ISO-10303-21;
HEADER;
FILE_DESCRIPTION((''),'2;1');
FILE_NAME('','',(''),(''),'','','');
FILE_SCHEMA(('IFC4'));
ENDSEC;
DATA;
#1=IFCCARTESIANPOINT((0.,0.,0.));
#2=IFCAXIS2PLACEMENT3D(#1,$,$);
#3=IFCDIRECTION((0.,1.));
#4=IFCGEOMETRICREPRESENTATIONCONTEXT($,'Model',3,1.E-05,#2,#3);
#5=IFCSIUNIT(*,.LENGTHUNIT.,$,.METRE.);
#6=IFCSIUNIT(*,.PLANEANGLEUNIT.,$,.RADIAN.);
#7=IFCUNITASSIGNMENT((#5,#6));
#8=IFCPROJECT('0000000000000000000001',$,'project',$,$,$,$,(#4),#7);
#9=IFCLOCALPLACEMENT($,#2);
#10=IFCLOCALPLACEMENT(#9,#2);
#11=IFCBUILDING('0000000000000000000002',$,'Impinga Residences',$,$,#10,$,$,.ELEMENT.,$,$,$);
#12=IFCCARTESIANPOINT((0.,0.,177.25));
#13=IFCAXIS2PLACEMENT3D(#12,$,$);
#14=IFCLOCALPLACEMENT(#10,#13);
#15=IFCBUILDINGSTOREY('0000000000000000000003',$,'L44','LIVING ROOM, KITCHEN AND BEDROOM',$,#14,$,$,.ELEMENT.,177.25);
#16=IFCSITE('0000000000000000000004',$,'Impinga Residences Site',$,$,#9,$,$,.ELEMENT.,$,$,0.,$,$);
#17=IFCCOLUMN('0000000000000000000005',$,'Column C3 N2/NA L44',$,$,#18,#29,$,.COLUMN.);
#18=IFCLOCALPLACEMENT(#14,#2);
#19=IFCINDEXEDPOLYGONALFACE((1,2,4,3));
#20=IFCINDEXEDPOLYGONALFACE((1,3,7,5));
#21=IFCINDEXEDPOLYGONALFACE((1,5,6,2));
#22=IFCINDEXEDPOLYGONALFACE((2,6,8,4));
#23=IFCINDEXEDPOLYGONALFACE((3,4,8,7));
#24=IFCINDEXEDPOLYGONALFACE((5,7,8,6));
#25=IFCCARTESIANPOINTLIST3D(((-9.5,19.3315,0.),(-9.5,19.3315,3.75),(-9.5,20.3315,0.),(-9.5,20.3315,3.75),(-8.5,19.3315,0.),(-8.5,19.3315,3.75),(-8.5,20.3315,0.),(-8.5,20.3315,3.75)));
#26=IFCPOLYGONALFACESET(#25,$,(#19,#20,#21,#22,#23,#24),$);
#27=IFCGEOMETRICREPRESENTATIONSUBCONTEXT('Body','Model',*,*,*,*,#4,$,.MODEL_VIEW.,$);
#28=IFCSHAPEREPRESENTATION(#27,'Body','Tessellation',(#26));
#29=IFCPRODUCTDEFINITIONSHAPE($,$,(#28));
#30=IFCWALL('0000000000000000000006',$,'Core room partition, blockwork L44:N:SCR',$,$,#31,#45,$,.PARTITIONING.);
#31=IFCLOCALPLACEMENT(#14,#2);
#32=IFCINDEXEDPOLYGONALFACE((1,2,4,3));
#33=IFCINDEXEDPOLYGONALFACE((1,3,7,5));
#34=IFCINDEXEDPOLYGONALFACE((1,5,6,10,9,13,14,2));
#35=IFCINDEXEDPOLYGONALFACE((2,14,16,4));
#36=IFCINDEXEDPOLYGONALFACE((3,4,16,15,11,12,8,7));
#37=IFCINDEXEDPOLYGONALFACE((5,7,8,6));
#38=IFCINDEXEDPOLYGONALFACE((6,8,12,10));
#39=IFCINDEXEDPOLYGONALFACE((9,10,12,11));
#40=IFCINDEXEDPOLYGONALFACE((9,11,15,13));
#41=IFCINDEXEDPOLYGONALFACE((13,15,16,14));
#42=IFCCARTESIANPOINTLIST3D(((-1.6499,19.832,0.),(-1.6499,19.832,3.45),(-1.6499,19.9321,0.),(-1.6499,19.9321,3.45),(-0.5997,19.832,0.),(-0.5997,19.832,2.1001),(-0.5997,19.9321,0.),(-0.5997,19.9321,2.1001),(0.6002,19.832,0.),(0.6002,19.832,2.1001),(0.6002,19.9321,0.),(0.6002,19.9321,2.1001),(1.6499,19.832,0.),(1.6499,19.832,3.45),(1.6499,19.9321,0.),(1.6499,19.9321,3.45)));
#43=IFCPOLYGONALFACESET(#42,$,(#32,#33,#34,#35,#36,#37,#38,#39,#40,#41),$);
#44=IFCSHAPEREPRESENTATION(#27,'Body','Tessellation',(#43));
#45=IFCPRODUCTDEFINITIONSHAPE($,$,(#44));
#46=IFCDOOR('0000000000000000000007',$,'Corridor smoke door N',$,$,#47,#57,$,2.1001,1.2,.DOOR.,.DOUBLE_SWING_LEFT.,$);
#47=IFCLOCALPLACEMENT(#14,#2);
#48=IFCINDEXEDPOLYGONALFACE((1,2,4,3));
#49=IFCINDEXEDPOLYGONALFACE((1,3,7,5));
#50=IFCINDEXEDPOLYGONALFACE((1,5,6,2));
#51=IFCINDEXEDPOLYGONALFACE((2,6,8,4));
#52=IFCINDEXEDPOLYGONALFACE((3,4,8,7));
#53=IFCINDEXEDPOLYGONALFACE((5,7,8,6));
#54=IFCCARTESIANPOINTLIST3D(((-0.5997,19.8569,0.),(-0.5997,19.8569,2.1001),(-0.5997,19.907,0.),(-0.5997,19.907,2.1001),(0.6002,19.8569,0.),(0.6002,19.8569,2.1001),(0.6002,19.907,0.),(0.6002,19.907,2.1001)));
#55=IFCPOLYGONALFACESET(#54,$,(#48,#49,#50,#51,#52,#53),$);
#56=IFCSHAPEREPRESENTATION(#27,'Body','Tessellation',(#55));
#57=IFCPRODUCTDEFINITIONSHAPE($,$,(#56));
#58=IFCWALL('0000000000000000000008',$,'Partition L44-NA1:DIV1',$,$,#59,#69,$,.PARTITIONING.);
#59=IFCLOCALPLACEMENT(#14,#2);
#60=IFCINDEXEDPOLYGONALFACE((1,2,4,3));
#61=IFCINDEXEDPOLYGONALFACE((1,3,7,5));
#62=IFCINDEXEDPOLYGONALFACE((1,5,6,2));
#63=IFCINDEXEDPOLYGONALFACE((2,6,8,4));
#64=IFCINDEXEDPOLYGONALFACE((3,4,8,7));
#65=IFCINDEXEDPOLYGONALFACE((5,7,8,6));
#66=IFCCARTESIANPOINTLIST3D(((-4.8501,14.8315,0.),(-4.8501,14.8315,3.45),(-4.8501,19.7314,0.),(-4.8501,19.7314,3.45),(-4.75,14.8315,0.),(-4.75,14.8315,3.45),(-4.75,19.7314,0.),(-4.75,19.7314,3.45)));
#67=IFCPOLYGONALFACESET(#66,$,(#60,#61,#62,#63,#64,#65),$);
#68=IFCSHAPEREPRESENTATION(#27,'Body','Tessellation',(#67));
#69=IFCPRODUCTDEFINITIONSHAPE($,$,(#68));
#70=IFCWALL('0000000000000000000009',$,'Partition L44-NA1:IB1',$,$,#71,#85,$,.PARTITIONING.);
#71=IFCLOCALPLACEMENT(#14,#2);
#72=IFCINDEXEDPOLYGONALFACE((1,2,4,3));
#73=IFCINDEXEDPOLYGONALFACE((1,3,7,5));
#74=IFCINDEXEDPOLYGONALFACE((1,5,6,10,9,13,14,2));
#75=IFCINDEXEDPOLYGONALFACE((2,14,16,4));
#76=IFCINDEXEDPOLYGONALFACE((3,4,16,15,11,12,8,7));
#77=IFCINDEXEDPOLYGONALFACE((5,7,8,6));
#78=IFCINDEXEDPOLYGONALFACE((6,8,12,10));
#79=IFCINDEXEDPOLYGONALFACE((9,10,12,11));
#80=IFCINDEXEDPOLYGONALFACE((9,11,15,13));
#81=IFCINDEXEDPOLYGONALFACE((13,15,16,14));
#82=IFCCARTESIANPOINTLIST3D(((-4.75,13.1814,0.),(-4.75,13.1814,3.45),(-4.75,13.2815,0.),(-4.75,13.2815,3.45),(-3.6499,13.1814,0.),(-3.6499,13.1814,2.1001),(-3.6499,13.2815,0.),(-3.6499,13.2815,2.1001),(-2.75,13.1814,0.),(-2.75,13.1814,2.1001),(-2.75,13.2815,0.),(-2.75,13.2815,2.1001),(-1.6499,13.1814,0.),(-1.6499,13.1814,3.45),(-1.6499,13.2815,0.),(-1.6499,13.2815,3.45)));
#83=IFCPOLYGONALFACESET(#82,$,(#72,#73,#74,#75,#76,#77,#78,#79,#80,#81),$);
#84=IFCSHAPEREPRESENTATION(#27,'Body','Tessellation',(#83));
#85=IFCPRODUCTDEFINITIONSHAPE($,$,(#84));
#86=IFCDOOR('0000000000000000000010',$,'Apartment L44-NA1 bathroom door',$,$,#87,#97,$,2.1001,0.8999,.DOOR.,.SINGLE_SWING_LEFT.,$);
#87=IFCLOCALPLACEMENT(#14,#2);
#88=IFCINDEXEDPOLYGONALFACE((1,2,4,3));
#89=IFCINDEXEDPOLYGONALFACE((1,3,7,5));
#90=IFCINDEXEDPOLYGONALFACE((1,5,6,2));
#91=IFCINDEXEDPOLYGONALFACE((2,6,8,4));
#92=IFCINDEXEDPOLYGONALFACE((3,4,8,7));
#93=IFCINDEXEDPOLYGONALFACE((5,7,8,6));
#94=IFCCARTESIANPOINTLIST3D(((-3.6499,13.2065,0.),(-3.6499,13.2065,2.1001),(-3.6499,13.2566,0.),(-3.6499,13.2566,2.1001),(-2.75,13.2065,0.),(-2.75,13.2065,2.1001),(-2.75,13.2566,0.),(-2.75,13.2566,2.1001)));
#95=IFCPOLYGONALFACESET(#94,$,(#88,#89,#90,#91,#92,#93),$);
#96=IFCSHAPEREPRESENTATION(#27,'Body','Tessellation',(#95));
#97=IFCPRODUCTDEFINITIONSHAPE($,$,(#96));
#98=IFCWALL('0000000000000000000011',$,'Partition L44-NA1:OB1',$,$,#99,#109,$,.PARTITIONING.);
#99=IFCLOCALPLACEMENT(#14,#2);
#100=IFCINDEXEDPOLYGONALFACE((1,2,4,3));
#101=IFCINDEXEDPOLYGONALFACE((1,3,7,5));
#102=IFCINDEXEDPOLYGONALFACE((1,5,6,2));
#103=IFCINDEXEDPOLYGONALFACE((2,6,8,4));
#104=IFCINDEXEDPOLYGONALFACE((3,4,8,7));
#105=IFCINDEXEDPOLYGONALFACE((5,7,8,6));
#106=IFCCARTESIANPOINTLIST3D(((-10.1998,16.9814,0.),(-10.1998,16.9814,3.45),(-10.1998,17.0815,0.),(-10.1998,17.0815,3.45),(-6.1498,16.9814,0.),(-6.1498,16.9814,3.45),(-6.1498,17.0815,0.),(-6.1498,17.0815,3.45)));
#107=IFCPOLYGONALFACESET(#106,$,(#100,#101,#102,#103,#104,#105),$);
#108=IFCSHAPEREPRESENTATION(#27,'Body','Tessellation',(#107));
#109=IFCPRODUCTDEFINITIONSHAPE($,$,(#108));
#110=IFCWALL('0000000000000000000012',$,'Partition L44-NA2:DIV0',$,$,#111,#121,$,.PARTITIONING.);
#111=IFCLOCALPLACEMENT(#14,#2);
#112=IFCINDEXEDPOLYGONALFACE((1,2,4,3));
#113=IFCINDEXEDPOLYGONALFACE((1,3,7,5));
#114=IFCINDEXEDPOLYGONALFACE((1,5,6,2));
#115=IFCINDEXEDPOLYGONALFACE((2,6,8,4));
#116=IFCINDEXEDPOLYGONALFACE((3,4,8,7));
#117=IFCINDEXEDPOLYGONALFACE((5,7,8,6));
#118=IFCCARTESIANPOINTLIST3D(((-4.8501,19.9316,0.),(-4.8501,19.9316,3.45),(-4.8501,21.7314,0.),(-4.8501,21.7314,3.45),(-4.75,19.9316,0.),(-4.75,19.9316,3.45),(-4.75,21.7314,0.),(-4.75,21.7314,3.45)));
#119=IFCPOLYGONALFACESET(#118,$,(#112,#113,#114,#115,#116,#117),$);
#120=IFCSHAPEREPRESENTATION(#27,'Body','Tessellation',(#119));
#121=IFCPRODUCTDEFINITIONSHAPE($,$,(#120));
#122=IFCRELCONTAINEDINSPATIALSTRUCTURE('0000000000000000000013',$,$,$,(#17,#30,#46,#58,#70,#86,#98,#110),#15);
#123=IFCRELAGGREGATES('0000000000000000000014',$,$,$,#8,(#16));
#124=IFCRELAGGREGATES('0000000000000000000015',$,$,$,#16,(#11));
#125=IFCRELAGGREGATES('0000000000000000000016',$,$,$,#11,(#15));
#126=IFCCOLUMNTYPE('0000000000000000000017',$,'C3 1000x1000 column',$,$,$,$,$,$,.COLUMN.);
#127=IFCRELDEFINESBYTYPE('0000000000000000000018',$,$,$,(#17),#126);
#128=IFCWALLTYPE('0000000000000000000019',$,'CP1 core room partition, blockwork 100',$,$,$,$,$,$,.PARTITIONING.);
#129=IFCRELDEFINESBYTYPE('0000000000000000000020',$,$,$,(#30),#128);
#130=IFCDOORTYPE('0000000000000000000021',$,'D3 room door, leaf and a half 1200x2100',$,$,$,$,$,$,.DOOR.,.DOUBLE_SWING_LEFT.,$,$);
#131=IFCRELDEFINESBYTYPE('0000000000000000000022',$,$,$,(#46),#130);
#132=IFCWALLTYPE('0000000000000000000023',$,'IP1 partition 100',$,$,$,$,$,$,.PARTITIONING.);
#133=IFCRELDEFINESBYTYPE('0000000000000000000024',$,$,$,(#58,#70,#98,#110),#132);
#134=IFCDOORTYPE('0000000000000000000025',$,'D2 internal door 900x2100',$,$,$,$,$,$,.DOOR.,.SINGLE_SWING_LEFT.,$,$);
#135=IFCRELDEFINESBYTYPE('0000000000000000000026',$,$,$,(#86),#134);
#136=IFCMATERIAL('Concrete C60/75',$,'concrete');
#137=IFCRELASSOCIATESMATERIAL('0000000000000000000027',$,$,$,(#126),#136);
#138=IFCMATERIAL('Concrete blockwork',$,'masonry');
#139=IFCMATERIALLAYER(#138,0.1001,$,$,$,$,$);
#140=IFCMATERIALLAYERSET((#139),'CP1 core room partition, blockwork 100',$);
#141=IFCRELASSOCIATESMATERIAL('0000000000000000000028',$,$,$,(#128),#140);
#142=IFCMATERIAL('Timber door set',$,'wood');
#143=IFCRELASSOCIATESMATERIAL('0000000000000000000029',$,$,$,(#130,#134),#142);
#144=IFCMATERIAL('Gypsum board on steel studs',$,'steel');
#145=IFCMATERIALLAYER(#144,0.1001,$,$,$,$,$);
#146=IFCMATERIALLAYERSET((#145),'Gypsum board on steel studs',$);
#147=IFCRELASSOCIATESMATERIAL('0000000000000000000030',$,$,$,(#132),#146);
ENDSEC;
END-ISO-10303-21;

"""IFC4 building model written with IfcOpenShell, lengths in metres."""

from ifc_helpers import new_model, si_unit, direction, frame, frame_2d, origin, origin_2d, place, context, subcontext, project, spatial, rectangle, extrude, material, layer, layer_set, material_profile, profile_set, type_object, element, fill, save


model = new_model("IFC4")

# Units and contexts
model_context = context("Model", 3, precision=1e-05, world=origin(), true_north=direction((0.0, 1.0)))
body_context = subcontext(model_context, "Body", "Model", "MODEL_VIEW")
ifc_project = project(units=[si_unit("LENGTHUNIT", "METRE"), si_unit("PLANEANGLEUNIT", "RADIAN")], contexts=[model_context])

# Site, building, storey
site_placement = place(None, origin())
site = spatial("IfcSite", under=ifc_project, at=site_placement, Name="Impinga Residences Site", CompositionType="ELEMENT", RefElevation=0.0)
building_placement = place(site_placement, origin())
building = spatial("IfcBuilding", under=site, at=building_placement, Name="Impinga Residences", CompositionType="ELEMENT")
storey_placement = place(building_placement, frame((0.0, 0.0, 177.25)))
storey = spatial("IfcBuildingStorey", under=building, at=storey_placement, Name="L44", Description="LIVING ROOM, KITCHEN AND BEDROOM", CompositionType="ELEMENT", Elevation=177.25)

# Column
ifc_material_1 = material(Name="Concrete C60/75", Category="concrete")
ifc_material_profile = material_profile(ifc_material_1, rectangle(XDim=1.0, YDim=1.0, at=origin_2d()), Name="RC 1000x1000")
ifc_profile_set = profile_set([ifc_material_profile], Name="Concrete C60/75")
column_type = type_object("IfcColumnType", Name="C3 1000x1000 column", PredefinedType="COLUMN", material=ifc_profile_set)
column_placement = place(storey_placement, frame((-9.0, 19.8315, 0.0), z_axis=(0.0, 0.0, 1.0), x_axis=(1.0, 0.0, 0.0)))
element("IfcColumn", 1, at=column_placement, inside=storey, type_object=column_type, Name="Column C3 N2/NA L44", PredefinedType="COLUMN", context=body_context, shape_type="SweptSolid", body=[
    extrude(rectangle(XDim=1.0, YDim=1.0, at=origin_2d()), origin(), (0.0, 0.0, 1.0), 3.75),
])

# Wall, opening, door
ifc_material_2 = material(Name="Concrete blockwork", Category="masonry")
ifc_layer_1 = layer(ifc_material_2, 0.1001)
ifc_layer_set_1 = layer_set([ifc_layer_1], Name="CP1 core room partition, blockwork 100")
wall_type_1 = type_object("IfcWallType", Name="CP1 core room partition, blockwork 100", PredefinedType="PARTITIONING", material=ifc_layer_set_1)
wall_1_placement = place(storey_placement, frame((-1.6499, 19.8821, 0.0), z_axis=(0.0, 0.0, 1.0), x_axis=(1.0, 0.0, 0.0)))
wall_1 = element("IfcWall", 2, at=wall_1_placement, inside=storey, type_object=wall_type_1, Name="Core room partition, blockwork L44:N:SCR", PredefinedType="PARTITIONING", context=body_context, shape_type="SweptSolid", body=[
    extrude(rectangle(XDim=3.2998, YDim=0.1001, at=frame_2d((1.6499, 0.0))), origin(), (0.0, 0.0, 1.0), 3.45),
])
opening_1_placement = place(wall_1_placement, frame((1.05, 0.0, 0.0)))
opening_1 = element("IfcOpeningElement", 3, at=opening_1_placement, cuts=wall_1, PredefinedType="OPENING", context=body_context, shape_type="SweptSolid", body=[
    extrude(rectangle(XDim=1.2, YDim=2.1001, at=frame_2d((0.6001, 1.05))), frame((0.0, 0.0601, 0.0), z_axis=(0.0, -1.0, 0.0), x_axis=(1.0, 0.0, 0.0)), (0.0, 0.0, 1.0), 0.1201),
])
ifc_material_3 = material(Name="Timber door set", Category="wood")
door_type_1 = type_object("IfcDoorType", Name="D3 room door, leaf and a half 1200x2100", OperationType="DOUBLE_SWING_LEFT", PredefinedType="DOOR", material=ifc_material_3)
door_1_placement = place(opening_1_placement, origin())
door_1 = element("IfcDoor", 4, at=door_1_placement, inside=storey, type_object=door_type_1, Name="Corridor smoke door N", OperationType="DOUBLE_SWING_LEFT", OverallHeight=2.1001, OverallWidth=1.2, PredefinedType="DOOR", context=body_context, shape_type="SweptSolid", body=[
    extrude(rectangle(XDim=1.2, YDim=2.1001, at=frame_2d((0.6001, 1.05))), frame((0.0, 0.0249, 0.0), z_axis=(0.0, -1.0, 0.0), x_axis=(1.0, 0.0, 0.0)), (0.0, 0.0, 1.0), 0.05),
])
fill(opening_1, door_1)

# Wall
ifc_material_4 = material(Name="Gypsum board on steel studs", Category="steel")
ifc_layer_2 = layer(ifc_material_4, 0.1001)
ifc_layer_set_2 = layer_set([ifc_layer_2], Name="Gypsum board on steel studs")
wall_type_2 = type_object("IfcWallType", Name="IP1 partition 100", PredefinedType="PARTITIONING", material=ifc_layer_set_2)
wall_2_placement = place(storey_placement, frame((-4.8, 14.8315, 0.0), z_axis=(0.0, 0.0, 1.0), x_axis=(0.0, 1.0, 0.0)))
element("IfcWall", 5, at=wall_2_placement, inside=storey, type_object=wall_type_2, Name="Partition L44-NA1:DIV1", PredefinedType="PARTITIONING", context=body_context, shape_type="SweptSolid", body=[
    extrude(rectangle(XDim=4.8999, YDim=0.1001, at=frame_2d((2.45, 0.0))), origin(), (0.0, 0.0, 1.0), 3.45),
])

# Wall, opening, door
wall_3_placement = place(storey_placement, frame((-1.6499, 13.2314, 0.0), z_axis=(0.0, 0.0, 1.0), x_axis=(-1.0, 0.0, 0.0)))
wall_3 = element("IfcWall", 6, at=wall_3_placement, inside=storey, type_object=wall_type_2, Name="Partition L44-NA1:IB1", PredefinedType="PARTITIONING", context=body_context, shape_type="SweptSolid", body=[
    extrude(rectangle(XDim=3.1001, YDim=0.1001, at=frame_2d((1.55, 0.0))), origin(), (0.0, 0.0, 1.0), 3.45),
])
opening_2_placement = place(wall_3_placement, frame((1.1001, 0.0, 0.0)))
opening_2 = element("IfcOpeningElement", 7, at=opening_2_placement, cuts=wall_3, PredefinedType="OPENING", context=body_context, shape_type="SweptSolid", body=[
    extrude(rectangle(XDim=0.8999, YDim=2.1001, at=frame_2d((0.45, 1.05))), frame((0.0, 0.0601, 0.0), z_axis=(0.0, -1.0, 0.0), x_axis=(1.0, 0.0, 0.0)), (0.0, 0.0, 1.0), 0.1201),
])
door_type_2 = type_object("IfcDoorType", Name="D2 internal door 900x2100", OperationType="SINGLE_SWING_LEFT", PredefinedType="DOOR", material=ifc_material_3)
door_2_placement = place(opening_2_placement, origin())
door_2 = element("IfcDoor", 8, at=door_2_placement, inside=storey, type_object=door_type_2, Name="Apartment L44-NA1 bathroom door", OperationType="SINGLE_SWING_LEFT", OverallHeight=2.1001, OverallWidth=0.8999, PredefinedType="DOOR", context=body_context, shape_type="SweptSolid", body=[
    extrude(rectangle(XDim=0.8999, YDim=2.1001, at=frame_2d((0.45, 1.05))), frame((0.0, 0.0249, 0.0), z_axis=(0.0, -1.0, 0.0), x_axis=(1.0, 0.0, 0.0)), (0.0, 0.0, 1.0), 0.05),
])
fill(opening_2, door_2)

# Walls
wall_4_placement = place(storey_placement, frame((-6.1499, 17.0315, 0.0), z_axis=(0.0, 0.0, 1.0), x_axis=(-1.0, 0.0, 0.0)))
element("IfcWall", 9, at=wall_4_placement, inside=storey, type_object=wall_type_2, Name="Partition L44-NA1:OB1", PredefinedType="PARTITIONING", context=body_context, shape_type="SweptSolid", body=[
    extrude(rectangle(XDim=4.05, YDim=0.1001, at=frame_2d((2.0249, 0.0))), origin(), (0.0, 0.0, 1.0), 3.45),
])
wall_5_placement = place(storey_placement, frame((-4.8, 19.9316, 0.0), z_axis=(0.0, 0.0, 1.0), x_axis=(0.0, 1.0, 0.0)))
element("IfcWall", 10, at=wall_5_placement, inside=storey, type_object=wall_type_2, Name="Partition L44-NA2:DIV0", PredefinedType="PARTITIONING", context=body_context, shape_type="SweptSolid", body=[
    extrude(rectangle(XDim=1.7998, YDim=0.1001, at=frame_2d((0.8999, 0.0))), origin(), (0.0, 0.0, 1.0), 3.45),
])

save(model, "model.ifc")
